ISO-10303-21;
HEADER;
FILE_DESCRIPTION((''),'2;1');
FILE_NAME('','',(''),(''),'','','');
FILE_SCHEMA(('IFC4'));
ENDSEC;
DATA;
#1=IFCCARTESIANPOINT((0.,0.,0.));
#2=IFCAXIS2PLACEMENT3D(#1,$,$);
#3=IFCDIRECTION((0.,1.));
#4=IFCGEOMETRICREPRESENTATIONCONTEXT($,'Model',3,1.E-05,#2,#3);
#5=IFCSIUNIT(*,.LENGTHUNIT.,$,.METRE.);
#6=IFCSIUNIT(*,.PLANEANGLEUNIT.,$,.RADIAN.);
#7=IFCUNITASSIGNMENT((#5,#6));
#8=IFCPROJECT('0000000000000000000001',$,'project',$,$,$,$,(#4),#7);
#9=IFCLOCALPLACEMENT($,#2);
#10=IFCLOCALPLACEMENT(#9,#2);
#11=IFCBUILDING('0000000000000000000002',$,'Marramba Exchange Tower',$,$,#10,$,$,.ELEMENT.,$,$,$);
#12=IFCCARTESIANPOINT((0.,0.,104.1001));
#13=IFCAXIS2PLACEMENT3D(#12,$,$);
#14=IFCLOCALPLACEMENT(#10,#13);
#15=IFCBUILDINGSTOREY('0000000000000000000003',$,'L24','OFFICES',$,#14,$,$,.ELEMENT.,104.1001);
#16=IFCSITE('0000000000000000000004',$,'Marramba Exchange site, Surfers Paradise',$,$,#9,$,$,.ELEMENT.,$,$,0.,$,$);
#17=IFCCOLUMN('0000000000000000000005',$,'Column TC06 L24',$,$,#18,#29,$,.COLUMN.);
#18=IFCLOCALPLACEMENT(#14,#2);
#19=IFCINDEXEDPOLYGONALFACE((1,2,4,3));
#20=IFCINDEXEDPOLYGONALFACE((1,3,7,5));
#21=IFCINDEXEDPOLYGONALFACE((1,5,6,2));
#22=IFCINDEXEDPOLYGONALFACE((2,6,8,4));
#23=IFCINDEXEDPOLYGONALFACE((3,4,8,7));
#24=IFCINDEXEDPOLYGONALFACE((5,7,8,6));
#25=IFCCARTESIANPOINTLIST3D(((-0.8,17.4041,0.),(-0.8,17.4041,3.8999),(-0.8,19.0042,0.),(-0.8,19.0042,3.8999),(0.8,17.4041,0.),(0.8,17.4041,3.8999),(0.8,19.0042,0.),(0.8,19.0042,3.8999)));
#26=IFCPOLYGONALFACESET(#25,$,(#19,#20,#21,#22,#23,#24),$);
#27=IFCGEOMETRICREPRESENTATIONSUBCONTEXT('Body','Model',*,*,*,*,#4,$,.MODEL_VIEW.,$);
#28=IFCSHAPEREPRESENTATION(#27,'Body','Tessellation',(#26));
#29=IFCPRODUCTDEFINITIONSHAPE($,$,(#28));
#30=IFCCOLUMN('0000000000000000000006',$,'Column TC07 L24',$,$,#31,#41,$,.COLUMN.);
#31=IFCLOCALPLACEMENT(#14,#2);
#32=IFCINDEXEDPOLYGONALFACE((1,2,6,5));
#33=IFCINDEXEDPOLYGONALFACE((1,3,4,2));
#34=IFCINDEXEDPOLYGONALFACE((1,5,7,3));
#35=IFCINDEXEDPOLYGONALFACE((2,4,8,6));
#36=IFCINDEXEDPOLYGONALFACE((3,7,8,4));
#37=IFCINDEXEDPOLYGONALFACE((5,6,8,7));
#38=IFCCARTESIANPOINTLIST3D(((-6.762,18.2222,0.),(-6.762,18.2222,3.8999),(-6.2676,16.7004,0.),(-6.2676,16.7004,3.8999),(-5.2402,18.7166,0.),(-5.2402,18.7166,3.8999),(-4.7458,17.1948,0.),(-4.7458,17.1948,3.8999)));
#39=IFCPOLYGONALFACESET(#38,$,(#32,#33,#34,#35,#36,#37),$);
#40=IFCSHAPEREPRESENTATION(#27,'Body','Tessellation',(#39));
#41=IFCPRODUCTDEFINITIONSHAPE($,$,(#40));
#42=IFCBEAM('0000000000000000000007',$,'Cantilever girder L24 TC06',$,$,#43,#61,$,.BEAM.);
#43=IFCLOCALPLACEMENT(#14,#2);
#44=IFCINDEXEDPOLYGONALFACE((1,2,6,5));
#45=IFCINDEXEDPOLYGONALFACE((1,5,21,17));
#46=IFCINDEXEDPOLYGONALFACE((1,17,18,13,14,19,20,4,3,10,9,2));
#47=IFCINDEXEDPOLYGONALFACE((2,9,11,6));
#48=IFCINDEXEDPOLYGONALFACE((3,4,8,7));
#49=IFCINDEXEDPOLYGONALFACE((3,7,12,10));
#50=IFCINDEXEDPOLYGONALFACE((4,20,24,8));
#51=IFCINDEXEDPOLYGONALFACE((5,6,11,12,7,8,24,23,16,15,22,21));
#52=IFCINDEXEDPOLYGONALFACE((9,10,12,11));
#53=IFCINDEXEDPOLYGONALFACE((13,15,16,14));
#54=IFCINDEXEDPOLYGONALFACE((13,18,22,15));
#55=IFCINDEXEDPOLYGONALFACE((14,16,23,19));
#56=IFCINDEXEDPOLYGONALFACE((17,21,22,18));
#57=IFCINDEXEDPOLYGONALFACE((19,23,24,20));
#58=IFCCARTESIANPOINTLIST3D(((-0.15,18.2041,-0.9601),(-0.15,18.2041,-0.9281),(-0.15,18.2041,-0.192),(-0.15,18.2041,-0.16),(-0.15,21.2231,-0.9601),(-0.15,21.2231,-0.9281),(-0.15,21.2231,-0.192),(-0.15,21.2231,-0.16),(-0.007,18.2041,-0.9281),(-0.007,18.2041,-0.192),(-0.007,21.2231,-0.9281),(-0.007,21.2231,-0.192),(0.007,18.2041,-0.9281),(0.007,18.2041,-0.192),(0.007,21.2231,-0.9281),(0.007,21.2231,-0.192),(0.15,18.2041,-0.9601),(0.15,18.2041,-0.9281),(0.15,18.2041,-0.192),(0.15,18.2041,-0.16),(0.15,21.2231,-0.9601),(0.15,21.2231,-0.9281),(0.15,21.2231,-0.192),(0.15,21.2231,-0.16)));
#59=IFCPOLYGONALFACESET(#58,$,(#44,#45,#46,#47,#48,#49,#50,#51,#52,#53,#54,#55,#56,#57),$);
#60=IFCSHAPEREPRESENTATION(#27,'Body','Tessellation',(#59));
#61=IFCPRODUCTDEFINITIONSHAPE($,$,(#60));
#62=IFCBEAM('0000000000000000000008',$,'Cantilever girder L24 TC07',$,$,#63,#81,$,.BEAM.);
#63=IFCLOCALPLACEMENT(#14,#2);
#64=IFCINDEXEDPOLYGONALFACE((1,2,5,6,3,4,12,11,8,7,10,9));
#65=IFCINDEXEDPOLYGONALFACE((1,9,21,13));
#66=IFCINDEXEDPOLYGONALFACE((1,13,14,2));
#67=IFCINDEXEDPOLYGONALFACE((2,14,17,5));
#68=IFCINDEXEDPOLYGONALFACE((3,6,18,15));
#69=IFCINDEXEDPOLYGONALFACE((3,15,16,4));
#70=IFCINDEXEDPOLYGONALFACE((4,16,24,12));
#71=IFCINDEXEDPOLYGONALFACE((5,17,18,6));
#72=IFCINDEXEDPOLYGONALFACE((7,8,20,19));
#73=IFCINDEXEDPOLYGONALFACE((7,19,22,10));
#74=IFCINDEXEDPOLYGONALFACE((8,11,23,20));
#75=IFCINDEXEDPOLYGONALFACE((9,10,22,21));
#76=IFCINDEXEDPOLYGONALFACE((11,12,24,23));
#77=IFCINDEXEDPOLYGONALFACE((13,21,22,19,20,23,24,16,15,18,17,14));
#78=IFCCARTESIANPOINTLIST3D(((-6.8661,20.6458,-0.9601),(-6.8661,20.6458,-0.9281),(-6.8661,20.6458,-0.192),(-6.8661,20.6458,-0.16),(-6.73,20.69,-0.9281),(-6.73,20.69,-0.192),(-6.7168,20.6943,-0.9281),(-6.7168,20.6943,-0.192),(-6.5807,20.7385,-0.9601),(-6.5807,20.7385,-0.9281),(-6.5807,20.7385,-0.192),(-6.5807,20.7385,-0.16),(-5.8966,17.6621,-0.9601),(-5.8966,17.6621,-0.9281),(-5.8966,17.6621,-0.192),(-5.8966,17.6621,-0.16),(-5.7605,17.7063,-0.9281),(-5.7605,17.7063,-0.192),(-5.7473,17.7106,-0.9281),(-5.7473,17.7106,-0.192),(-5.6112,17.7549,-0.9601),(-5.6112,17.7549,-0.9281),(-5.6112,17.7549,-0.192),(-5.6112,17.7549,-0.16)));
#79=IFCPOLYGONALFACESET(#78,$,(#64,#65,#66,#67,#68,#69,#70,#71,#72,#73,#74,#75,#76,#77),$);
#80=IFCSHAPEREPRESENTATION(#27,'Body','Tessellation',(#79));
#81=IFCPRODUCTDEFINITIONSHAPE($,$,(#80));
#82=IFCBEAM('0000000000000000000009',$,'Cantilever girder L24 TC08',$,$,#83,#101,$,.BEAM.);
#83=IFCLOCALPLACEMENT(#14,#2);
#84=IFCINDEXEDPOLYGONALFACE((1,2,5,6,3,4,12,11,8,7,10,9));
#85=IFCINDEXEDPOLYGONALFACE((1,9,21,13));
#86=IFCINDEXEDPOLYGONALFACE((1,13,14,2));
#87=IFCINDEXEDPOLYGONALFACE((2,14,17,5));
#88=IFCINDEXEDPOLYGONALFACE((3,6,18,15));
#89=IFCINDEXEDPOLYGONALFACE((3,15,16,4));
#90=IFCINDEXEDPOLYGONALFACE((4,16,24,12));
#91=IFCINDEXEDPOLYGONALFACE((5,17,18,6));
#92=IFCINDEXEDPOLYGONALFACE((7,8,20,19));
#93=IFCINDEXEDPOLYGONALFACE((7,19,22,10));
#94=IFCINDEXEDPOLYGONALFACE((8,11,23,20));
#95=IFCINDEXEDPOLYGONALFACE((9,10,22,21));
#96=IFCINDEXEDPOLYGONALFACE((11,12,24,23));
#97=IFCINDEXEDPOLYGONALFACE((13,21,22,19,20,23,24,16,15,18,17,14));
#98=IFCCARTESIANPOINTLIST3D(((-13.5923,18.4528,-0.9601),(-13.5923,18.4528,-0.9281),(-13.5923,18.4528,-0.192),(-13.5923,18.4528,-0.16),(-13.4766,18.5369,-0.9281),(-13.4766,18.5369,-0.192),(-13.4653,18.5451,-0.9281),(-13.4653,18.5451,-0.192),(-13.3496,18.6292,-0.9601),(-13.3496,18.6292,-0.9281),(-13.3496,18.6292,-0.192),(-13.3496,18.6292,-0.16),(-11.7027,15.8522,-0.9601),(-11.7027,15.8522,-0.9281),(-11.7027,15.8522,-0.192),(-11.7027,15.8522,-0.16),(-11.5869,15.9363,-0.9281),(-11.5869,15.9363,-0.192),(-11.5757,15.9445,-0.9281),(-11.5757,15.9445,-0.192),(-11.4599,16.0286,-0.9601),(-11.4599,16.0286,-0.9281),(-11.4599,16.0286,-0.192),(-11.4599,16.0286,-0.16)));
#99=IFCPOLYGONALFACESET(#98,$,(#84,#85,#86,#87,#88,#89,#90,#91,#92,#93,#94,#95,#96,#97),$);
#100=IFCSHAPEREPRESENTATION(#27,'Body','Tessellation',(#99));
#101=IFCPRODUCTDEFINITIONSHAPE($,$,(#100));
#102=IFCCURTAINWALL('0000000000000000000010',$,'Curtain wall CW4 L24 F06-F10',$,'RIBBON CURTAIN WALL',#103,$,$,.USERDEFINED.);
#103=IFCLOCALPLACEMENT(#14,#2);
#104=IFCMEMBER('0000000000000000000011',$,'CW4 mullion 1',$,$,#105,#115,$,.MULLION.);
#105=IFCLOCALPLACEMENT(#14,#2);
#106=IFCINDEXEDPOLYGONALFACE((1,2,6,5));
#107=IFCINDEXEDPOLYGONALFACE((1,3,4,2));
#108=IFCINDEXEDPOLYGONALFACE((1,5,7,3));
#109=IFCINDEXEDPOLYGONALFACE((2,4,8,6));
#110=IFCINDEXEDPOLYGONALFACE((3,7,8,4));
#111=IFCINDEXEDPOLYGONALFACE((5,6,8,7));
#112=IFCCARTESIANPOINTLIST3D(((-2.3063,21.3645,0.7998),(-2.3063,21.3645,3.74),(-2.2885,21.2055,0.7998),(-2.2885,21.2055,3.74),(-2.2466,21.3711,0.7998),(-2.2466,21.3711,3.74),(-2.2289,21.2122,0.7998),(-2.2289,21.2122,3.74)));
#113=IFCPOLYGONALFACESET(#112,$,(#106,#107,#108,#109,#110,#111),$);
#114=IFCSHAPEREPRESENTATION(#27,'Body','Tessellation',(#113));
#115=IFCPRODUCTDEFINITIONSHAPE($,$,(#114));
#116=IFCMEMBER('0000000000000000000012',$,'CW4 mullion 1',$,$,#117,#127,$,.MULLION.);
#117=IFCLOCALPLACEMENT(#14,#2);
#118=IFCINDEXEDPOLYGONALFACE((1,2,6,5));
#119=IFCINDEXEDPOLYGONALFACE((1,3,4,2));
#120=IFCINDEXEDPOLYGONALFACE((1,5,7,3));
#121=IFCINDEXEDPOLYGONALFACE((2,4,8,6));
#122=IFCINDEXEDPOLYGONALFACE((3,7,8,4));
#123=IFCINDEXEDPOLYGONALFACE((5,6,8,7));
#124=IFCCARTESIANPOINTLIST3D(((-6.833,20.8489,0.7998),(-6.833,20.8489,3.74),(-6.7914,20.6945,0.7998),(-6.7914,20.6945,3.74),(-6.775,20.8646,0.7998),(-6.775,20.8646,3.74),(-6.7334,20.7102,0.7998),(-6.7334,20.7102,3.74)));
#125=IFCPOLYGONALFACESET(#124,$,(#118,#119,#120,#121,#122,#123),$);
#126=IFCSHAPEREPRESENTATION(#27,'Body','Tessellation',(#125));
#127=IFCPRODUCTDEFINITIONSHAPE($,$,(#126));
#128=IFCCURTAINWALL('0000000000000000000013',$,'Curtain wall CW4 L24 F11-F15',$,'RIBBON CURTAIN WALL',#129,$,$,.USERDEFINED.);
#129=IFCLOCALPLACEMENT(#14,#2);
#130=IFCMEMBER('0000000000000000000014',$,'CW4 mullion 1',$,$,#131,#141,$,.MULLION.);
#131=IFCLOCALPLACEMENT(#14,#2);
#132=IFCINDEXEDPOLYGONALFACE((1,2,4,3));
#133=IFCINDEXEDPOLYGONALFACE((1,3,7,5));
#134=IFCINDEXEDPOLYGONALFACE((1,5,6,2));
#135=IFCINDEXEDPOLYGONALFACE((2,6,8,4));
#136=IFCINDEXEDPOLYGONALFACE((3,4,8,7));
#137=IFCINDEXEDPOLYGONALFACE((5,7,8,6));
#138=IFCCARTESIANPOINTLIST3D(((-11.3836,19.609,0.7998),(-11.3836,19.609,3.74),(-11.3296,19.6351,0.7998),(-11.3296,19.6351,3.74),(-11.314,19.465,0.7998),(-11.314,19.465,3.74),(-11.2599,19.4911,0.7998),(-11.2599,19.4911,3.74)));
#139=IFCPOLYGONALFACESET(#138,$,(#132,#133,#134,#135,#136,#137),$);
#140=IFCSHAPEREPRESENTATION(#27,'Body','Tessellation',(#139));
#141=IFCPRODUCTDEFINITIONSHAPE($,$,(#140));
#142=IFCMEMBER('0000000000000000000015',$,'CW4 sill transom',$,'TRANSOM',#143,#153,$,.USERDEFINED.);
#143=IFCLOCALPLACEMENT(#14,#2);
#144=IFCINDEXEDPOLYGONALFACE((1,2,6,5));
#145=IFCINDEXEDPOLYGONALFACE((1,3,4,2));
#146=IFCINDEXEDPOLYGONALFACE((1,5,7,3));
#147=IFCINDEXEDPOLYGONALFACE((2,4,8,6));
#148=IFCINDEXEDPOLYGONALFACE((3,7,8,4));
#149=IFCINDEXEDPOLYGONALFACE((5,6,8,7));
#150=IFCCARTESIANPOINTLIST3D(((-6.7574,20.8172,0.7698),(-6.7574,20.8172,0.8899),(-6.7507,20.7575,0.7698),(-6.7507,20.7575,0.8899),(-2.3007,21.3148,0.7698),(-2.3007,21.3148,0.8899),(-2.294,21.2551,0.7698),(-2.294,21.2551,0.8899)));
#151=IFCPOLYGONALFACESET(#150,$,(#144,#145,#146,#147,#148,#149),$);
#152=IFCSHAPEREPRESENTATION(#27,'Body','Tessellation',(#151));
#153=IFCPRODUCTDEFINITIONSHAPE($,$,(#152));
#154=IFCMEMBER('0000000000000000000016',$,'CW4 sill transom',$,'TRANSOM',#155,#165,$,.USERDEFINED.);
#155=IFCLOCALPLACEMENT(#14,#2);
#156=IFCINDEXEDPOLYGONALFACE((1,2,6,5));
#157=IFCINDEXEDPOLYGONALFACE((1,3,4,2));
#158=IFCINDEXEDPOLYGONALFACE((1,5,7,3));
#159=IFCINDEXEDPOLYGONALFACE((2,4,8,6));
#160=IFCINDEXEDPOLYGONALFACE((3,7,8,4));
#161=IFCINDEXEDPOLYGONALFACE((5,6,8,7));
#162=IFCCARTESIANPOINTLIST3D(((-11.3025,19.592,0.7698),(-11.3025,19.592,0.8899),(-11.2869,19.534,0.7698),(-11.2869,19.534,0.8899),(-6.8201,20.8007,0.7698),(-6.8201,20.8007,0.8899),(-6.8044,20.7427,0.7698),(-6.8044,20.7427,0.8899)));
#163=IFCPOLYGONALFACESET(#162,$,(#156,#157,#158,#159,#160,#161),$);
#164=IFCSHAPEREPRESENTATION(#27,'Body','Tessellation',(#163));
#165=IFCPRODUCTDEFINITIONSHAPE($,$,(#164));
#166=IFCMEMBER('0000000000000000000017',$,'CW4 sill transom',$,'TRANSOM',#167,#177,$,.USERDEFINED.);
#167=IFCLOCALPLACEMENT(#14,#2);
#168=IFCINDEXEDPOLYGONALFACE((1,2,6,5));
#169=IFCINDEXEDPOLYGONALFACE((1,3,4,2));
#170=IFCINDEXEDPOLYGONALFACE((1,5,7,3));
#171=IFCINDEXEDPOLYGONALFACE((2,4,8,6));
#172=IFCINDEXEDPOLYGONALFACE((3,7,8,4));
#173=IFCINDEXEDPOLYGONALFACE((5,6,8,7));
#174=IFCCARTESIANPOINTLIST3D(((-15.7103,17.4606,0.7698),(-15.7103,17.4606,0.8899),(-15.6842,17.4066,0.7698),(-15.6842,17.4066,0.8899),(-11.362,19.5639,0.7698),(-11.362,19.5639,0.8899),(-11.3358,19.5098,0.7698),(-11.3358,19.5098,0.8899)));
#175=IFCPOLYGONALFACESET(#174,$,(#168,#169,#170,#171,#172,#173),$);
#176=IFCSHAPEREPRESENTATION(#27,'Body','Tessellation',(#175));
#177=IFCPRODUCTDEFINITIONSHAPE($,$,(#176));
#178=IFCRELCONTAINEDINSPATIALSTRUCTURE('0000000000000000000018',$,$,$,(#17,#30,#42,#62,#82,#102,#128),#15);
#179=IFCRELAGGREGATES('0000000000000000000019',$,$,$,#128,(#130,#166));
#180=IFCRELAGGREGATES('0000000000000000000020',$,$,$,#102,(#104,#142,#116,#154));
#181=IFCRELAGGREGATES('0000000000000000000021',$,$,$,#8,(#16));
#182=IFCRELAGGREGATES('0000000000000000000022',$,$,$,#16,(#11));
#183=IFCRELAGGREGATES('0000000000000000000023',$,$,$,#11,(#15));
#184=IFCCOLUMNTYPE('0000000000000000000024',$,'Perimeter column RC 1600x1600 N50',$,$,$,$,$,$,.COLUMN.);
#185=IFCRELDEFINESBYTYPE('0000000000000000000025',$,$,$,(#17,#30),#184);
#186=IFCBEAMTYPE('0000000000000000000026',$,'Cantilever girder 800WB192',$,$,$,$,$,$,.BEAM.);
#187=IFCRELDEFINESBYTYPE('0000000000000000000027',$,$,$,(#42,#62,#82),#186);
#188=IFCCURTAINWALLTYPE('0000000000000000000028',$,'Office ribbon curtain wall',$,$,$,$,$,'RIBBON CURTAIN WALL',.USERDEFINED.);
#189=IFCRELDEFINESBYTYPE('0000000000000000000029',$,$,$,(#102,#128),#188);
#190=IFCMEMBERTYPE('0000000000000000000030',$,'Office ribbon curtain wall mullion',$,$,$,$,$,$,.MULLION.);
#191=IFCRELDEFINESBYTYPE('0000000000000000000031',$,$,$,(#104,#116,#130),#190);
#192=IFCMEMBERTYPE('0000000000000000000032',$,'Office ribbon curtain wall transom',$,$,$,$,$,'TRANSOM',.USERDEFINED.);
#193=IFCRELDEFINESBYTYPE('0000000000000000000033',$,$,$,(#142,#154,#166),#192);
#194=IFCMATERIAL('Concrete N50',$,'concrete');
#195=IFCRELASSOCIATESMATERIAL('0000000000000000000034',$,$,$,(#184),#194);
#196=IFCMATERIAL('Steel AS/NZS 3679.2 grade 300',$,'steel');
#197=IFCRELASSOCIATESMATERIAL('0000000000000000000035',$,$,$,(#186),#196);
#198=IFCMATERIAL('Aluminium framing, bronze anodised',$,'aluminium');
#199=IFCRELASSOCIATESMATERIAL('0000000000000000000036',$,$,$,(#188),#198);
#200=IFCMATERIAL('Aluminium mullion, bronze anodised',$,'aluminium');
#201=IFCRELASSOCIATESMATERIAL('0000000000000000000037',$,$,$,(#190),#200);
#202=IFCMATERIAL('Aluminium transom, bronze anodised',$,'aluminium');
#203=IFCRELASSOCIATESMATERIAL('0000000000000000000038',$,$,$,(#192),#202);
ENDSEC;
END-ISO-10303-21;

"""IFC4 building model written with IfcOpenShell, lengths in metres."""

from ifc_helpers import new_model, si_unit, direction, frame, origin, origin_2d, place, context, subcontext, project, spatial, rectangle, i_section, extrude, material, material_profile, profile_set, type_object, element, aggregate, save


model = new_model("IFC4")

# Units and contexts
model_context = context("Model", 3, precision=1e-05, world=origin(), true_north=direction((0.0, 1.0)))
body_context = subcontext(model_context, "Body", "Model", "MODEL_VIEW")
ifc_project = project(units=[si_unit("LENGTHUNIT", "METRE"), si_unit("PLANEANGLEUNIT", "RADIAN")], contexts=[model_context])

# Site, building, storey
site_placement = place(None, origin())
site = spatial("IfcSite", under=ifc_project, at=site_placement, Name="Marramba Exchange site, Surfers Paradise", CompositionType="ELEMENT", RefElevation=0.0)
building_placement = place(site_placement, origin())
building = spatial("IfcBuilding", under=site, at=building_placement, Name="Marramba Exchange Tower", CompositionType="ELEMENT")
storey_placement = place(building_placement, frame((0.0, 0.0, 104.1001)))
storey = spatial("IfcBuildingStorey", under=building, at=storey_placement, Name="L24", Description="OFFICES", CompositionType="ELEMENT", Elevation=104.1001)

# Columns
ifc_material_1 = material(Name="Concrete N50", Category="concrete")
ifc_material_profile_1 = material_profile(ifc_material_1, rectangle(XDim=1.6001, YDim=1.6001, at=origin_2d()), Name="RC 1600x1600")
ifc_profile_set_1 = profile_set([ifc_material_profile_1], Name="Concrete N50")
column_type = type_object("IfcColumnType", Name="Perimeter column RC 1600x1600 N50", PredefinedType="COLUMN", material=ifc_profile_set_1)
for number, where, z_axis, x_axis, name in (
    (1, (0.0, 18.2041, 0.0), (0.0, 0.0, 1.0), (0.0, 1.0, 0.0), "Column TC06 L24"),
    (2, (-5.7539, 17.7085, 0.0), (0.0, 0.0, 1.0), (-0.309017, 0.951057, 0.0), "Column TC07 L24"),
):
    element("IfcColumn", number, at=place(storey_placement, frame(where, z_axis=z_axis, x_axis=x_axis)), inside=storey, type_object=column_type, Name=name, PredefinedType="COLUMN", context=body_context, shape_type="SweptSolid", body=[
        extrude(rectangle(XDim=1.6001, YDim=1.6001, at=origin_2d()), origin(), (0.0, 0.0, 1.0), 3.8999),
    ])

# Beams
ifc_material_2 = material(Name="Steel AS/NZS 3679.2 grade 300", Category="steel")
ifc_material_profile_2 = material_profile(ifc_material_2, i_section(OverallWidth=0.3, OverallDepth=0.8, WebThickness=0.0139, FlangeThickness=0.032, at=origin_2d()), Name="800WB192")
ifc_profile_set_2 = profile_set([ifc_material_profile_2], Name="Steel AS/NZS 3679.2 grade 300")
beam_type_1 = type_object("IfcBeamType", Name="Cantilever girder 800WB192", PredefinedType="BEAM", material=ifc_profile_set_2)
beam_1_placement = place(storey_placement, frame((0.0, 18.2041, -0.5601), z_axis=(0.0, 1.0, 0.0), x_axis=(-1.0, 0.0, 0.0)))
element("IfcBeam", 3, at=beam_1_placement, inside=storey, type_object=beam_type_1, Name="Cantilever girder L24 TC06", PredefinedType="BEAM", context=body_context, shape_type="SweptSolid", body=[
    extrude(i_section(OverallWidth=0.3, OverallDepth=0.8, WebThickness=0.0139, FlangeThickness=0.032, at=origin_2d()), origin(), (0.0, 0.0, 1.0), 3.019),
])
beam_2_placement = place(storey_placement, frame((-5.7539, 17.7085, -0.5601), z_axis=(-0.309028, 0.951053, 0.0), x_axis=(-0.951053, -0.309028, 0.0)))
element("IfcBeam", 4, at=beam_2_placement, inside=storey, type_object=beam_type_1, Name="Cantilever girder L24 TC07", PredefinedType="BEAM", context=body_context, shape_type="SweptSolid", body=[
    extrude(i_section(OverallWidth=0.3, OverallDepth=0.8, WebThickness=0.0139, FlangeThickness=0.032, at=origin_2d()), origin(), (0.0, 0.0, 1.0), 3.1372),
])
beam_3_placement = place(storey_placement, frame((-11.5813, 15.9404, -0.5601), z_axis=(-0.587828, 0.808986, 0.0), x_axis=(-0.808986, -0.587828, 0.0)))
element("IfcBeam", 5, at=beam_3_placement, inside=storey, type_object=beam_type_1, Name="Cantilever girder L24 TC08", PredefinedType="BEAM", context=body_context, shape_type="SweptSolid", body=[
    extrude(i_section(OverallWidth=0.3, OverallDepth=0.8, WebThickness=0.0139, FlangeThickness=0.032, at=origin_2d()), origin(), (0.0, 0.0, 1.0), 3.2146),
])

# Curtain wall, members
ifc_material_3 = material(Name="Aluminium framing, bronze anodised", Category="aluminium")
curtain_wall_type = type_object("IfcCurtainWallType", Name="Office ribbon curtain wall", ElementType="RIBBON CURTAIN WALL", PredefinedType="USERDEFINED", material=ifc_material_3)
curtain_wall_1_placement = place(storey_placement, origin())
curtain_wall_1 = element("IfcCurtainWall", 6, at=curtain_wall_1_placement, inside=storey, type_object=curtain_wall_type, Name="Curtain wall CW4 L24 F06-F10", ObjectType="RIBBON CURTAIN WALL", PredefinedType="USERDEFINED")
ifc_material_4 = material(Name="Aluminium mullion, bronze anodised", Category="aluminium")
ifc_material_profile_3 = material_profile(ifc_material_4, rectangle(XDim=0.1599, YDim=0.0601, at=origin_2d()), Name="CW4 mullion 60x160")
ifc_profile_set_3 = profile_set([ifc_material_profile_3], Name="Aluminium mullion, bronze anodised")
member_type_1 = type_object("IfcMemberType", Name="Office ribbon curtain wall mullion", PredefinedType="MULLION", material=ifc_profile_set_3)
member_1_placement = place(storey_placement, frame((-2.2676, 21.2883, 0.7998), z_axis=(0.0, 0.0, 1.0), x_axis=(0.110973, -0.993823, 0.0)))
member_1 = element("IfcMember", 7, at=member_1_placement, type_object=member_type_1, Name="CW4 mullion 1", PredefinedType="MULLION", context=body_context, shape_type="SweptSolid", body=[
    extrude(rectangle(XDim=0.1599, YDim=0.0601, at=origin_2d()), origin(), (0.0, 0.0, 1.0), 2.9402),
])
member_2_placement = place(storey_placement, frame((-6.7832, 20.7795, 0.7998), z_axis=(0.0, 0.0, 1.0), x_axis=(0.260321, -0.965522, 0.0)))
member_2 = element("IfcMember", 8, at=member_2_placement, type_object=member_type_1, Name="CW4 mullion 1", PredefinedType="MULLION", context=body_context, shape_type="SweptSolid", body=[
    extrude(rectangle(XDim=0.1599, YDim=0.0601, at=origin_2d()), origin(), (0.0, 0.0, 1.0), 2.9402),
])

# Curtain wall, member
curtain_wall_2_placement = place(storey_placement, origin())
curtain_wall_2 = element("IfcCurtainWall", 9, at=curtain_wall_2_placement, inside=storey, type_object=curtain_wall_type, Name="Curtain wall CW4 L24 F11-F15", ObjectType="RIBBON CURTAIN WALL", PredefinedType="USERDEFINED")
member_3_placement = place(storey_placement, frame((-11.3218, 19.55, 0.7998), z_axis=(0.0, 0.0, 1.0), x_axis=(0.435428, -0.900224, 0.0)))
member_3 = element("IfcMember", 10, at=member_3_placement, type_object=member_type_1, Name="CW4 mullion 1", PredefinedType="MULLION", context=body_context, shape_type="SweptSolid", body=[
    extrude(rectangle(XDim=0.1599, YDim=0.0601, at=origin_2d()), origin(), (0.0, 0.0, 1.0), 2.9402),
])

# Members
ifc_material_5 = material(Name="Aluminium transom, bronze anodised", Category="aluminium")
ifc_material_profile_4 = material_profile(ifc_material_5, rectangle(XDim=0.0601, YDim=0.1201, at=origin_2d()), Name="CW4 transom 60x120")
ifc_profile_set_4 = profile_set([ifc_material_profile_4], Name="Aluminium transom, bronze anodised")
member_type_2 = type_object("IfcMemberType", Name="Office ribbon curtain wall transom", ElementType="TRANSOM", PredefinedType="USERDEFINED", material=ifc_profile_set_4)
member_4_placement = place(storey_placement, frame((-2.2974, 21.2849, 0.8298), z_axis=(-0.993826, -0.110951, 0.0), x_axis=(0.110951, -0.993826, 0.0)))
member_4 = element("IfcMember", 11, at=member_4_placement, type_object=member_type_2, Name="CW4 sill transom", ObjectType="TRANSOM", PredefinedType="USERDEFINED", context=body_context, shape_type="SweptSolid", body=[
    extrude(rectangle(XDim=0.0601, YDim=0.1201, at=origin_2d()), origin(), (0.0, 0.0, 1.0), 4.4844),
])
member_5_placement = place(storey_placement, frame((-6.8123, 20.7717, 0.8298), z_axis=(-0.965511, -0.260362, 0.0), x_axis=(0.260362, -0.965511, 0.0)))
member_5 = element("IfcMember", 12, at=member_5_placement, type_object=member_type_2, Name="CW4 sill transom", ObjectType="TRANSOM", PredefinedType="USERDEFINED", context=body_context, shape_type="SweptSolid", body=[
    extrude(rectangle(XDim=0.0601, YDim=0.1201, at=origin_2d()), origin(), (0.0, 0.0, 1.0), 4.6426),
])
member_6_placement = place(storey_placement, frame((-11.3489, 19.5369, 0.8298), z_axis=(-0.900223, -0.435429, 0.0), x_axis=(0.435429, -0.900223, 0.0)))
member_6 = element("IfcMember", 13, at=member_6_placement, type_object=member_type_2, Name="CW4 sill transom", ObjectType="TRANSOM", PredefinedType="USERDEFINED", context=body_context, shape_type="SweptSolid", body=[
    extrude(rectangle(XDim=0.0601, YDim=0.1201, at=origin_2d()), origin(), (0.0, 0.0, 1.0), 4.8303),
])
aggregate(curtain_wall_2, [member_3, member_6])

aggregate(curtain_wall_1, [member_1, member_4, member_2, member_5])

save(model, "model.ifc")
